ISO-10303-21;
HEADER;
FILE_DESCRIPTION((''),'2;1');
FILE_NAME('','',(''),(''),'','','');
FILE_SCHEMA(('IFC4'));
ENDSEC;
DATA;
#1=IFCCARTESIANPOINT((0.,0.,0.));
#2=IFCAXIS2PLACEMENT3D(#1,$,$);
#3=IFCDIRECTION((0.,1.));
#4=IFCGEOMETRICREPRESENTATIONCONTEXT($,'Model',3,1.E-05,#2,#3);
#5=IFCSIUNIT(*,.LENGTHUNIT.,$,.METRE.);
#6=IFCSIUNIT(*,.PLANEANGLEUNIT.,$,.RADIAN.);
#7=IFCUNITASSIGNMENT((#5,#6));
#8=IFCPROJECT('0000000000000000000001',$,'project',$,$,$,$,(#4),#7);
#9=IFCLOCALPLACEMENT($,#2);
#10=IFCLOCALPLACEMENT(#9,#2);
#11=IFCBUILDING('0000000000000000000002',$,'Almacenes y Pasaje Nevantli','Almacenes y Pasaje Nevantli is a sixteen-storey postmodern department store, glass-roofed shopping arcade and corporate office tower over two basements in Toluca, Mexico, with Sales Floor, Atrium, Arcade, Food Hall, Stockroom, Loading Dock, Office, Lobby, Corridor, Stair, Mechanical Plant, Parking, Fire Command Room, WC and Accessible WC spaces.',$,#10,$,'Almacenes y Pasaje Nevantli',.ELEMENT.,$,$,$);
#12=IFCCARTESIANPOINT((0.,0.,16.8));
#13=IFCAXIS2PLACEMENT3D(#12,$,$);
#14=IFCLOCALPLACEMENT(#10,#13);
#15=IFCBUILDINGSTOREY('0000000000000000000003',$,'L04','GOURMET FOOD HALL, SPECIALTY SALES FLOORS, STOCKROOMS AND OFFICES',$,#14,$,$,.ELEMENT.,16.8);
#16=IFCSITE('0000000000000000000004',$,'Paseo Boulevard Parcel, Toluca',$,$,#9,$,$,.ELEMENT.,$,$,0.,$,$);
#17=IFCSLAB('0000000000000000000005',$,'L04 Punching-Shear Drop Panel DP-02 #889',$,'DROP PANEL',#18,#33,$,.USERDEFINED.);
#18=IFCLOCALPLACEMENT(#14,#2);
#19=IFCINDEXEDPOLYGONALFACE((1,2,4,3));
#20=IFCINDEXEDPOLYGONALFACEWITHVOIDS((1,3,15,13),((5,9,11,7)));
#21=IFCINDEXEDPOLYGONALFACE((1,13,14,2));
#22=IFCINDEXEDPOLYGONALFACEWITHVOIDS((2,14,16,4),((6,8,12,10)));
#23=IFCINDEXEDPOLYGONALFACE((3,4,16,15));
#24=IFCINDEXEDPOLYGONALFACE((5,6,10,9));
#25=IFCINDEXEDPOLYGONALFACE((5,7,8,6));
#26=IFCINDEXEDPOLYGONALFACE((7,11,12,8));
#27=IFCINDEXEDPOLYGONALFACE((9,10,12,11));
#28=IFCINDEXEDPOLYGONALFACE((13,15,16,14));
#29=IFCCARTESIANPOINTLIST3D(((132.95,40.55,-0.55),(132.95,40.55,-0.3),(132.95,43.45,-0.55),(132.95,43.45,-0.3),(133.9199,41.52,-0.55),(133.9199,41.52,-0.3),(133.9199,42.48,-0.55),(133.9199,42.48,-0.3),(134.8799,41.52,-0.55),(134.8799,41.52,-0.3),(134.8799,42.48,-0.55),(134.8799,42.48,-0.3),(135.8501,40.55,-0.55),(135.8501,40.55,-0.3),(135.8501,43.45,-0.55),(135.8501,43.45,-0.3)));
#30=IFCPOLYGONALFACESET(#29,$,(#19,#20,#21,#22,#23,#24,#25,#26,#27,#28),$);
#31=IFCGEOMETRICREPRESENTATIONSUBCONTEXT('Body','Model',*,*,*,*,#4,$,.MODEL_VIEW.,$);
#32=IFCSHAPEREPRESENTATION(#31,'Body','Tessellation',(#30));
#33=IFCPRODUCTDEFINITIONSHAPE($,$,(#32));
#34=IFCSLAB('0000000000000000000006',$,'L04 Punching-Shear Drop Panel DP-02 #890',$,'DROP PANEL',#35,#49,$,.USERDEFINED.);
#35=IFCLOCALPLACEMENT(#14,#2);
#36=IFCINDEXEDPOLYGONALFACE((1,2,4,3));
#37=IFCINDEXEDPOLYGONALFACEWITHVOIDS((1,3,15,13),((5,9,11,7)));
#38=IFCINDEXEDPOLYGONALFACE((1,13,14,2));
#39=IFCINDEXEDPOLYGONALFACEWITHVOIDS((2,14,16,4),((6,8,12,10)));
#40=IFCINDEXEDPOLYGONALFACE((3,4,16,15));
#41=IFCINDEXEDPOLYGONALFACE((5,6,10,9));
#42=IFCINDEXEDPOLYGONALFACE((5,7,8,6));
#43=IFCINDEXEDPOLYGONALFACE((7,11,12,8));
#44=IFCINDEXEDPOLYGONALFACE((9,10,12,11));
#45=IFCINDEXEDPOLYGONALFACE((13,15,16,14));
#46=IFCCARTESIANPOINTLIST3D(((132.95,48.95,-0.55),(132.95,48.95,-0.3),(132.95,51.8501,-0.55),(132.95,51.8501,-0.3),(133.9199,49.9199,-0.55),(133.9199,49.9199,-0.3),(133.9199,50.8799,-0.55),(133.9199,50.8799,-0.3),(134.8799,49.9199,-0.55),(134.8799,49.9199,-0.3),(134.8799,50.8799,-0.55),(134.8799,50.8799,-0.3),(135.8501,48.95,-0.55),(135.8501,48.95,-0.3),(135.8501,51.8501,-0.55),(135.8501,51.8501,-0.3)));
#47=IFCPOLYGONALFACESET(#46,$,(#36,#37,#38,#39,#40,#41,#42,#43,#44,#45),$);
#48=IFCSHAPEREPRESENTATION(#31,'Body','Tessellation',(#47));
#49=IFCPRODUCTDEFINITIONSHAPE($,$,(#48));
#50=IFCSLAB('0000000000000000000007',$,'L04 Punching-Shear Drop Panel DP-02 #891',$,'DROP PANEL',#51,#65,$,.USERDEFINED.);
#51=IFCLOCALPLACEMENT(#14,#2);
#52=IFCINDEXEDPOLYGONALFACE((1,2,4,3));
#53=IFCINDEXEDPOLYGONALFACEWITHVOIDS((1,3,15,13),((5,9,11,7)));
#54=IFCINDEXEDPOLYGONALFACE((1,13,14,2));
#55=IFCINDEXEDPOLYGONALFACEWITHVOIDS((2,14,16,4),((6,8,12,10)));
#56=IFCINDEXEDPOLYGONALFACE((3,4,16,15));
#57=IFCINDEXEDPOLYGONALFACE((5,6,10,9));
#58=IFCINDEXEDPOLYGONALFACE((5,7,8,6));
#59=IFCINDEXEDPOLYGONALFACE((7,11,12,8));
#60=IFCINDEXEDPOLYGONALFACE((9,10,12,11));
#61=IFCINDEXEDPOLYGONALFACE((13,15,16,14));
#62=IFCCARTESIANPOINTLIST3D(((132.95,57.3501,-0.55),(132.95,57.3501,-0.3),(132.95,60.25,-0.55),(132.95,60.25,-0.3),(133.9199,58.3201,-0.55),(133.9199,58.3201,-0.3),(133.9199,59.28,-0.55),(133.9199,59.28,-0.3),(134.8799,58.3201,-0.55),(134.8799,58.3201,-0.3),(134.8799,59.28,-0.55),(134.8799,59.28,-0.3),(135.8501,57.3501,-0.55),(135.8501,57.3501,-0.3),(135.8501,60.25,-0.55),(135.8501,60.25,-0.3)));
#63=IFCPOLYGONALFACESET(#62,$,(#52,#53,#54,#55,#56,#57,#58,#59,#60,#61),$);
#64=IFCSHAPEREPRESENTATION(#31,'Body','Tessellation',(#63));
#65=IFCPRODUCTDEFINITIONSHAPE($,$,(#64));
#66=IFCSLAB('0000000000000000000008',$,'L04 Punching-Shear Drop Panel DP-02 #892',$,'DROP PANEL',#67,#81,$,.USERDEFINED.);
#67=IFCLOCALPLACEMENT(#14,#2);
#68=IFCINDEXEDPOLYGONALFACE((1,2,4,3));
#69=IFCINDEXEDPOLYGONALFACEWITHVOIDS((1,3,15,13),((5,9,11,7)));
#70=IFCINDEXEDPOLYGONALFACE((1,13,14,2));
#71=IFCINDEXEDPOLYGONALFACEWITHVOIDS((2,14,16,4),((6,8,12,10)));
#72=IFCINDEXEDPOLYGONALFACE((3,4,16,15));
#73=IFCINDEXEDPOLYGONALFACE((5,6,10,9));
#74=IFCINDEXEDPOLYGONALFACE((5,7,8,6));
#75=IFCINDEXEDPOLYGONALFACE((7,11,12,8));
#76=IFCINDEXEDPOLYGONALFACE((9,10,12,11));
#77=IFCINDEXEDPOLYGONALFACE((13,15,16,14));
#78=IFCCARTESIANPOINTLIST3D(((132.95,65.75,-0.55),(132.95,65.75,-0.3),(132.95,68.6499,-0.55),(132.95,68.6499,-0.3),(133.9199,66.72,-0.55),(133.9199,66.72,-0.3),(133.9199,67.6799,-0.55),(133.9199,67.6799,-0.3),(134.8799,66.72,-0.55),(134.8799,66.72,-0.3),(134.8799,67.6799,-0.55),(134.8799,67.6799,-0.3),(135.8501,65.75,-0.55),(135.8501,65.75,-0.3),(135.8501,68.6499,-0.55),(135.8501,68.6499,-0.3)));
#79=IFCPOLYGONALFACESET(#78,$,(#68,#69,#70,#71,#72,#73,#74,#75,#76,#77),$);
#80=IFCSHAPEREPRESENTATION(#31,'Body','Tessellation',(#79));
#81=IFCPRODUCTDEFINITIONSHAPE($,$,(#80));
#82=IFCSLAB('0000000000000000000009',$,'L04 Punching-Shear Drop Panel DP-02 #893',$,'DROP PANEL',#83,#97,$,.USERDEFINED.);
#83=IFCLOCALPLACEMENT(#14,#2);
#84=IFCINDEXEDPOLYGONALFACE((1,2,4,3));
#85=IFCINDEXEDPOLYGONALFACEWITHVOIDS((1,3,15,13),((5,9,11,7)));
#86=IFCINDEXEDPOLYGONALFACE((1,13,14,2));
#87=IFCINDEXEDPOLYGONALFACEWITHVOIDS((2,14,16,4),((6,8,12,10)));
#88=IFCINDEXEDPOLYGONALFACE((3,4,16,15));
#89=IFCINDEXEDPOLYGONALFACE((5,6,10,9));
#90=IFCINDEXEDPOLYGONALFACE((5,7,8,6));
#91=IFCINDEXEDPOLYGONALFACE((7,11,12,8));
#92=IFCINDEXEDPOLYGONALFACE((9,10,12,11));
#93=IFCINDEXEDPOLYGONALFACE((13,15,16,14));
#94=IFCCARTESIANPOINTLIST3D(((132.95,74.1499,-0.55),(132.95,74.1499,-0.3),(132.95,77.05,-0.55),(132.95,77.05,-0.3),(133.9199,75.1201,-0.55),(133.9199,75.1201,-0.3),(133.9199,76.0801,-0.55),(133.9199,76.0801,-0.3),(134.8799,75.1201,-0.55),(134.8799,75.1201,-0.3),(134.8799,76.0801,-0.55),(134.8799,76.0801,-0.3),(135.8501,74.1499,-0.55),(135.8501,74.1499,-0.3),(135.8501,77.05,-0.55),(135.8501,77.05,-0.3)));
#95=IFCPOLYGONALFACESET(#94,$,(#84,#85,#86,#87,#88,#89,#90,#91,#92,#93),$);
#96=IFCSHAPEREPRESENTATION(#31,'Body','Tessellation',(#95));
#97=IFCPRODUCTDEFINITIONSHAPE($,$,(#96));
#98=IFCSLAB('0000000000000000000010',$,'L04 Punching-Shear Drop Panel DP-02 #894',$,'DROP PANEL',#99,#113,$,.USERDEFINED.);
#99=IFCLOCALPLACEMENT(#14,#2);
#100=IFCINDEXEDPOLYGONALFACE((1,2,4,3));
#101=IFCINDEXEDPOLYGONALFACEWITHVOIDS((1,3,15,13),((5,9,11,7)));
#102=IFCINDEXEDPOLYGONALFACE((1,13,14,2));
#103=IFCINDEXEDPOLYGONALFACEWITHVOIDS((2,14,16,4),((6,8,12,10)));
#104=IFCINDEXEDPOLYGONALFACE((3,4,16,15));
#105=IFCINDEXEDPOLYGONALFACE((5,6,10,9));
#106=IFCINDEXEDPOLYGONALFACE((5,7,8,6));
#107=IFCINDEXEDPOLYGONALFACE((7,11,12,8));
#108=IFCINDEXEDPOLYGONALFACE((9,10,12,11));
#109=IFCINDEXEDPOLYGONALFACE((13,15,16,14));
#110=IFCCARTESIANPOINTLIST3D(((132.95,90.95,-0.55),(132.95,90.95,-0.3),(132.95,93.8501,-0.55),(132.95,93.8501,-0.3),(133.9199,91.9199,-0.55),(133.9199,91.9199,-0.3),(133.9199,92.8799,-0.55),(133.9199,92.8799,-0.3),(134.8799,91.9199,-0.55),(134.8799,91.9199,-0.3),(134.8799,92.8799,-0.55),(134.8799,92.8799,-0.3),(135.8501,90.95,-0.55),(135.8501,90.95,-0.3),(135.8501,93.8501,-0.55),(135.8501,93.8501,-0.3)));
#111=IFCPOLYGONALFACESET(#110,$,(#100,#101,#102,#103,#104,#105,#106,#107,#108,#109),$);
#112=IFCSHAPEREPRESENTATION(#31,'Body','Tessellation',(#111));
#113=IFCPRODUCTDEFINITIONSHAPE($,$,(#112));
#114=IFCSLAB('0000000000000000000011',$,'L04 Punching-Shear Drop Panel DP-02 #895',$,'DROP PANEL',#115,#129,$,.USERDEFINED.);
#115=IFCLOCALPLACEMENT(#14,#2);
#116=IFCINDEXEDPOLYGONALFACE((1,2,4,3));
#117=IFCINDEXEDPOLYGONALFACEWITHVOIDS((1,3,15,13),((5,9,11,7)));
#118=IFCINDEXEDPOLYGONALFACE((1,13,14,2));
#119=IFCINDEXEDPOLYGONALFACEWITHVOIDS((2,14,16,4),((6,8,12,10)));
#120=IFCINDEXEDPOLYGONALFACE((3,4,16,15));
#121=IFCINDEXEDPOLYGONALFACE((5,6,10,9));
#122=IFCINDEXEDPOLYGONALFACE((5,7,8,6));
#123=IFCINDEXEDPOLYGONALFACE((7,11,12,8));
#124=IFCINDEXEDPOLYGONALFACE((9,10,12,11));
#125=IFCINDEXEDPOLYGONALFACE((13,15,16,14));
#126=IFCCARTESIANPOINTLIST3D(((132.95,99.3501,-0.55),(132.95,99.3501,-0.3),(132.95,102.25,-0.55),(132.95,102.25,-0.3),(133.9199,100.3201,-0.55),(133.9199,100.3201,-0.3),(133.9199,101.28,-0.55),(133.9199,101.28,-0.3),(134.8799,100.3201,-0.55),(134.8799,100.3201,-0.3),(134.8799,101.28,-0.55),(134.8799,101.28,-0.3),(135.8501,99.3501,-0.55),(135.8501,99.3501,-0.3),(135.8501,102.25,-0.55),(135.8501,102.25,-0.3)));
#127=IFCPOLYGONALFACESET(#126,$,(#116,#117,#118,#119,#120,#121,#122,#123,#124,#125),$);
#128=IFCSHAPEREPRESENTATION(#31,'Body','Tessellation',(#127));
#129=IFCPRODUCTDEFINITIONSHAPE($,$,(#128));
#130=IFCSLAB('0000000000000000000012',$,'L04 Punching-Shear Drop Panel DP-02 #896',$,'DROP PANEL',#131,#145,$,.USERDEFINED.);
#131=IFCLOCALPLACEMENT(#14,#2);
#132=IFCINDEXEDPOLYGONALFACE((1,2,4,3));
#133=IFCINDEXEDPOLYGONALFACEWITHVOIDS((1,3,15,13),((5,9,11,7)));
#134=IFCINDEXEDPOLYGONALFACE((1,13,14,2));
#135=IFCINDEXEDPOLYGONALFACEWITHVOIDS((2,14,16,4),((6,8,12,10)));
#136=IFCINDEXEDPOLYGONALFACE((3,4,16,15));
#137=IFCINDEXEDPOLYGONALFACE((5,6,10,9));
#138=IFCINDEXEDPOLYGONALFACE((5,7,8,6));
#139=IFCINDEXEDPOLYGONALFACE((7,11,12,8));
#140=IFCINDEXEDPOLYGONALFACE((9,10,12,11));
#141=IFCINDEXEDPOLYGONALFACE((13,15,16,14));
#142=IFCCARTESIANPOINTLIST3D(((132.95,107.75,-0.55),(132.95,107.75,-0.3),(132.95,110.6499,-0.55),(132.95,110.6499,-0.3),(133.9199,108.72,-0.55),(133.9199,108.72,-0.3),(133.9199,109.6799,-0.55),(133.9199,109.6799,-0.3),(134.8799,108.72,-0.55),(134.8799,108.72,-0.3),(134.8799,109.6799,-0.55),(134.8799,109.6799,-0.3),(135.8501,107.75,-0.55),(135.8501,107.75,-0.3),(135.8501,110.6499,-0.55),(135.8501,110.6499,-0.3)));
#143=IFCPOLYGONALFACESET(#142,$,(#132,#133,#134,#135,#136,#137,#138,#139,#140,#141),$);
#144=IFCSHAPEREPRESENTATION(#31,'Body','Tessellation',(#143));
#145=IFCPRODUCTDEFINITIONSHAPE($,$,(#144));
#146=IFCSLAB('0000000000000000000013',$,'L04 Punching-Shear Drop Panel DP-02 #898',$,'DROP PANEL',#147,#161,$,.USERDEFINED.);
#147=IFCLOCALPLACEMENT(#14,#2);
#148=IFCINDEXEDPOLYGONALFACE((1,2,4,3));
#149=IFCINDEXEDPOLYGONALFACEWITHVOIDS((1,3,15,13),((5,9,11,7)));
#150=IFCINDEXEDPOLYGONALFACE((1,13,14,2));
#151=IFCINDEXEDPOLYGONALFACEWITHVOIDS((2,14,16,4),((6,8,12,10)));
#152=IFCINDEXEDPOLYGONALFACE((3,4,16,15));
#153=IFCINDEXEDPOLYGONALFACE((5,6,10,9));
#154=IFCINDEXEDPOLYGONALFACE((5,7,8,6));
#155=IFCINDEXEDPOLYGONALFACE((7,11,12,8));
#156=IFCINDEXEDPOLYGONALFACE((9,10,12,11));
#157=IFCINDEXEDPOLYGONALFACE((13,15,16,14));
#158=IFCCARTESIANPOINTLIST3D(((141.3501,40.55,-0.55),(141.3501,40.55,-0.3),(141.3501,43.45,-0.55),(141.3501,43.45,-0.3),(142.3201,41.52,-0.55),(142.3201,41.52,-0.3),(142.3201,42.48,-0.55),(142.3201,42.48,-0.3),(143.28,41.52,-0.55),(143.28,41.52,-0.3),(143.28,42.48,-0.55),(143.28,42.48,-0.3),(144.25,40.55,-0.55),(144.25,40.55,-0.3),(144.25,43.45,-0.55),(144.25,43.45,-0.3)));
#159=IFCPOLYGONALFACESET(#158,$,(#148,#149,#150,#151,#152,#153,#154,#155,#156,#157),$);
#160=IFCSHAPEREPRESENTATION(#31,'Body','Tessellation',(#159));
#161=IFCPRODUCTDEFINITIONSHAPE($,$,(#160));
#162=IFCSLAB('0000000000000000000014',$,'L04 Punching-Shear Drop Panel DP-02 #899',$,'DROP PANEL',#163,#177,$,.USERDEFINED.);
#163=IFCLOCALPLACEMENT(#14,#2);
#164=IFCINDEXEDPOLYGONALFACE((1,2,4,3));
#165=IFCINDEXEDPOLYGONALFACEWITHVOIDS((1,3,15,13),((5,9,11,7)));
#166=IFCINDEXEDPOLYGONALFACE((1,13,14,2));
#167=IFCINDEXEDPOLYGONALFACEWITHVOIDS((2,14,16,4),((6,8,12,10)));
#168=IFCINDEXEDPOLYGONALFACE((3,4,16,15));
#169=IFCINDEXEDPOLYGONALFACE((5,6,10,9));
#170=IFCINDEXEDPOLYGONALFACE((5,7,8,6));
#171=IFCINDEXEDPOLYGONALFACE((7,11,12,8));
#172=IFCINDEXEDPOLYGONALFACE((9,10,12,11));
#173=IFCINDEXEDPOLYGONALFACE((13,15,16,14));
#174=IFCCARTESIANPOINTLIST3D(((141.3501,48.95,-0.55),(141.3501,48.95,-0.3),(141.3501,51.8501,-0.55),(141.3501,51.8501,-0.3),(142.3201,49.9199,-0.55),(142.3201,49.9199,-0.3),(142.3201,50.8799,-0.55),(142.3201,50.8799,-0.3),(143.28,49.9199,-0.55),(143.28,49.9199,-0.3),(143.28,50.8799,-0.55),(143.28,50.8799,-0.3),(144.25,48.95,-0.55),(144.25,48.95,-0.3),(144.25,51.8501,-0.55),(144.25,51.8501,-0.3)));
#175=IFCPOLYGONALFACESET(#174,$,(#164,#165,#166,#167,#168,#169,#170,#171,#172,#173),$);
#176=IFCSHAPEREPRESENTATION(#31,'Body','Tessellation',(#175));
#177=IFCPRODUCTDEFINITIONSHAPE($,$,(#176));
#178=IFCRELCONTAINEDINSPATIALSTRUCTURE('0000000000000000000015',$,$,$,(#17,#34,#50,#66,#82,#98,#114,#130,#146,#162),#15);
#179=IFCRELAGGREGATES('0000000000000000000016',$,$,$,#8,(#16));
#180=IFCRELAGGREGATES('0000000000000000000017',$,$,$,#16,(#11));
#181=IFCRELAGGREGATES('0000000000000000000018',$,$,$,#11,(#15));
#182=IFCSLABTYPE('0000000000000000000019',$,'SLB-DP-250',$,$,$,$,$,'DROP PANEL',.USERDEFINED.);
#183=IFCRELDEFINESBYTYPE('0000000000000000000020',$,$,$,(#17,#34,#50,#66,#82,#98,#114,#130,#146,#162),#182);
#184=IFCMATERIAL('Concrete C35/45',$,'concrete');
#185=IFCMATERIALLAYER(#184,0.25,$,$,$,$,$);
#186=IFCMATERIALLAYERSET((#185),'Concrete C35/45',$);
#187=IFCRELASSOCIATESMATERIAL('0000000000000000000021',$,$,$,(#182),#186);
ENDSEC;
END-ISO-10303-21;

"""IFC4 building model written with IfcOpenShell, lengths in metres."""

from ifc_helpers import new_model, si_unit, direction, frame, origin, place, context, subcontext, project, spatial, polyline, outline, extrude, material, layer, layer_set, type_object, element, save


model = new_model("IFC4")

# Units and contexts
model_context = context("Model", 3, precision=1e-05, world=origin(), true_north=direction((0.0, 1.0)))
body_context = subcontext(model_context, "Body", "Model", "MODEL_VIEW")
ifc_project = project(units=[si_unit("LENGTHUNIT", "METRE"), si_unit("PLANEANGLEUNIT", "RADIAN")], contexts=[model_context])

# Site, building, storey
site_placement = place(None, origin())
site = spatial("IfcSite", under=ifc_project, at=site_placement, Name="Paseo Boulevard Parcel, Toluca", CompositionType="ELEMENT", RefElevation=0.0)
building_placement = place(site_placement, origin())
building = spatial("IfcBuilding", under=site, at=building_placement, Name="Almacenes y Pasaje Nevantli", Description="Almacenes y Pasaje Nevantli is a sixteen-storey postmodern department store, glass-roofed shopping arcade and corporate office tower over two basements in Toluca, Mexico, with Sales Floor, Atrium, Arcade, Food Hall, Stockroom, Loading Dock, Office, Lobby, Corridor, Stair, Mechanical Plant, Parking, Fire Command Room, WC and Accessible WC spaces.", LongName="Almacenes y Pasaje Nevantli", CompositionType="ELEMENT")
storey_placement = place(building_placement, frame((0.0, 0.0, 16.8)))
storey = spatial("IfcBuildingStorey", under=building, at=storey_placement, Name="L04", Description="GOURMET FOOD HALL, SPECIALTY SALES FLOORS, STOCKROOMS AND OFFICES", CompositionType="ELEMENT", Elevation=16.8)

# Slabs
ifc_material = material(Name="Concrete C35/45", Category="concrete")
ifc_layer = layer(ifc_material, 0.25)
ifc_layer_set = layer_set([ifc_layer], Name="Concrete C35/45")
slab_type = type_object("IfcSlabType", Name="SLB-DP-250", ElementType="DROP PANEL", PredefinedType="USERDEFINED", material=ifc_layer_set)
slab_1_placement = place(storey_placement, frame((0.0, 0.0, -0.55)))
element("IfcSlab", 1, at=slab_1_placement, inside=storey, type_object=slab_type, Name="L04 Punching-Shear Drop Panel DP-02 #889", ObjectType="DROP PANEL", PredefinedType="USERDEFINED", context=body_context, shape_type="SweptSolid", body=[
    extrude(outline(polyline([(132.95, 40.55), (135.8501, 40.55), (135.8501, 43.45), (132.95, 43.45), (132.95, 40.55)]), holes=[polyline([(133.9199, 41.52), (134.8799, 41.52), (134.8799, 42.48), (133.9199, 42.48), (133.9199, 41.52)])]), origin(), (0.0, 0.0, 1.0), 0.25),
])
slab_2_placement = place(storey_placement, frame((0.0, 0.0, -0.55)))
element("IfcSlab", 2, at=slab_2_placement, inside=storey, type_object=slab_type, Name="L04 Punching-Shear Drop Panel DP-02 #890", ObjectType="DROP PANEL", PredefinedType="USERDEFINED", context=body_context, shape_type="SweptSolid", body=[
    extrude(outline(polyline([(132.95, 48.95), (135.8501, 48.95), (135.8501, 51.8501), (132.95, 51.8501), (132.95, 48.95)]), holes=[polyline([(133.9199, 49.9199), (134.8799, 49.9199), (134.8799, 50.8799), (133.9199, 50.8799), (133.9199, 49.9199)])]), origin(), (0.0, 0.0, 1.0), 0.25),
])
slab_3_placement = place(storey_placement, frame((0.0, 0.0, -0.55)))
element("IfcSlab", 3, at=slab_3_placement, inside=storey, type_object=slab_type, Name="L04 Punching-Shear Drop Panel DP-02 #891", ObjectType="DROP PANEL", PredefinedType="USERDEFINED", context=body_context, shape_type="SweptSolid", body=[
    extrude(outline(polyline([(132.95, 57.3501), (135.8501, 57.3501), (135.8501, 60.25), (132.95, 60.25), (132.95, 57.3501)]), holes=[polyline([(133.9199, 58.3201), (134.8799, 58.3201), (134.8799, 59.28), (133.9199, 59.28), (133.9199, 58.3201)])]), origin(), (0.0, 0.0, 1.0), 0.25),
])
slab_4_placement = place(storey_placement, frame((0.0, 0.0, -0.55)))
element("IfcSlab", 4, at=slab_4_placement, inside=storey, type_object=slab_type, Name="L04 Punching-Shear Drop Panel DP-02 #892", ObjectType="DROP PANEL", PredefinedType="USERDEFINED", context=body_context, shape_type="SweptSolid", body=[
    extrude(outline(polyline([(132.95, 65.75), (135.8501, 65.75), (135.8501, 68.6499), (132.95, 68.6499), (132.95, 65.75)]), holes=[polyline([(133.9199, 66.72), (134.8799, 66.72), (134.8799, 67.6799), (133.9199, 67.6799), (133.9199, 66.72)])]), origin(), (0.0, 0.0, 1.0), 0.25),
])
slab_5_placement = place(storey_placement, frame((0.0, 0.0, -0.55)))
element("IfcSlab", 5, at=slab_5_placement, inside=storey, type_object=slab_type, Name="L04 Punching-Shear Drop Panel DP-02 #893", ObjectType="DROP PANEL", PredefinedType="USERDEFINED", context=body_context, shape_type="SweptSolid", body=[
    extrude(outline(polyline([(132.95, 74.1499), (135.8501, 74.1499), (135.8501, 77.05), (132.95, 77.05), (132.95, 74.1499)]), holes=[polyline([(133.9199, 75.1201), (134.8799, 75.1201), (134.8799, 76.0801), (133.9199, 76.0801), (133.9199, 75.1201)])]), origin(), (0.0, 0.0, 1.0), 0.25),
])
slab_6_placement = place(storey_placement, frame((0.0, 0.0, -0.55)))
element("IfcSlab", 6, at=slab_6_placement, inside=storey, type_object=slab_type, Name="L04 Punching-Shear Drop Panel DP-02 #894", ObjectType="DROP PANEL", PredefinedType="USERDEFINED", context=body_context, shape_type="SweptSolid", body=[
    extrude(outline(polyline([(132.95, 90.95), (135.8501, 90.95), (135.8501, 93.8501), (132.95, 93.8501), (132.95, 90.95)]), holes=[polyline([(133.9199, 91.9199), (134.8799, 91.9199), (134.8799, 92.8799), (133.9199, 92.8799), (133.9199, 91.9199)])]), origin(), (0.0, 0.0, 1.0), 0.25),
])
slab_7_placement = place(storey_placement, frame((0.0, 0.0, -0.55)))
element("IfcSlab", 7, at=slab_7_placement, inside=storey, type_object=slab_type, Name="L04 Punching-Shear Drop Panel DP-02 #895", ObjectType="DROP PANEL", PredefinedType="USERDEFINED", context=body_context, shape_type="SweptSolid", body=[
    extrude(outline(polyline([(132.95, 99.3501), (135.8501, 99.3501), (135.8501, 102.25), (132.95, 102.25), (132.95, 99.3501)]), holes=[polyline([(133.9199, 100.3201), (134.8799, 100.3201), (134.8799, 101.28), (133.9199, 101.28), (133.9199, 100.3201)])]), origin(), (0.0, 0.0, 1.0), 0.25),
])
slab_8_placement = place(storey_placement, frame((0.0, 0.0, -0.55)))
element("IfcSlab", 8, at=slab_8_placement, inside=storey, type_object=slab_type, Name="L04 Punching-Shear Drop Panel DP-02 #896", ObjectType="DROP PANEL", PredefinedType="USERDEFINED", context=body_context, shape_type="SweptSolid", body=[
    extrude(outline(polyline([(132.95, 107.75), (135.8501, 107.75), (135.8501, 110.6499), (132.95, 110.6499), (132.95, 107.75)]), holes=[polyline([(133.9199, 108.72), (134.8799, 108.72), (134.8799, 109.6799), (133.9199, 109.6799), (133.9199, 108.72)])]), origin(), (0.0, 0.0, 1.0), 0.25),
])
slab_9_placement = place(storey_placement, frame((0.0, 0.0, -0.55)))
element("IfcSlab", 9, at=slab_9_placement, inside=storey, type_object=slab_type, Name="L04 Punching-Shear Drop Panel DP-02 #898", ObjectType="DROP PANEL", PredefinedType="USERDEFINED", context=body_context, shape_type="SweptSolid", body=[
    extrude(outline(polyline([(141.3501, 40.55), (144.25, 40.55), (144.25, 43.45), (141.3501, 43.45), (141.3501, 40.55)]), holes=[polyline([(142.3201, 41.52), (143.28, 41.52), (143.28, 42.48), (142.3201, 42.48), (142.3201, 41.52)])]), origin(), (0.0, 0.0, 1.0), 0.25),
])
slab_10_placement = place(storey_placement, frame((0.0, 0.0, -0.55)))
element("IfcSlab", 10, at=slab_10_placement, inside=storey, type_object=slab_type, Name="L04 Punching-Shear Drop Panel DP-02 #899", ObjectType="DROP PANEL", PredefinedType="USERDEFINED", context=body_context, shape_type="SweptSolid", body=[
    extrude(outline(polyline([(141.3501, 48.95), (144.25, 48.95), (144.25, 51.8501), (141.3501, 51.8501), (141.3501, 48.95)]), holes=[polyline([(142.3201, 49.9199), (143.28, 49.9199), (143.28, 50.8799), (142.3201, 50.8799), (142.3201, 49.9199)])]), origin(), (0.0, 0.0, 1.0), 0.25),
])

save(model, "model.ifc")
